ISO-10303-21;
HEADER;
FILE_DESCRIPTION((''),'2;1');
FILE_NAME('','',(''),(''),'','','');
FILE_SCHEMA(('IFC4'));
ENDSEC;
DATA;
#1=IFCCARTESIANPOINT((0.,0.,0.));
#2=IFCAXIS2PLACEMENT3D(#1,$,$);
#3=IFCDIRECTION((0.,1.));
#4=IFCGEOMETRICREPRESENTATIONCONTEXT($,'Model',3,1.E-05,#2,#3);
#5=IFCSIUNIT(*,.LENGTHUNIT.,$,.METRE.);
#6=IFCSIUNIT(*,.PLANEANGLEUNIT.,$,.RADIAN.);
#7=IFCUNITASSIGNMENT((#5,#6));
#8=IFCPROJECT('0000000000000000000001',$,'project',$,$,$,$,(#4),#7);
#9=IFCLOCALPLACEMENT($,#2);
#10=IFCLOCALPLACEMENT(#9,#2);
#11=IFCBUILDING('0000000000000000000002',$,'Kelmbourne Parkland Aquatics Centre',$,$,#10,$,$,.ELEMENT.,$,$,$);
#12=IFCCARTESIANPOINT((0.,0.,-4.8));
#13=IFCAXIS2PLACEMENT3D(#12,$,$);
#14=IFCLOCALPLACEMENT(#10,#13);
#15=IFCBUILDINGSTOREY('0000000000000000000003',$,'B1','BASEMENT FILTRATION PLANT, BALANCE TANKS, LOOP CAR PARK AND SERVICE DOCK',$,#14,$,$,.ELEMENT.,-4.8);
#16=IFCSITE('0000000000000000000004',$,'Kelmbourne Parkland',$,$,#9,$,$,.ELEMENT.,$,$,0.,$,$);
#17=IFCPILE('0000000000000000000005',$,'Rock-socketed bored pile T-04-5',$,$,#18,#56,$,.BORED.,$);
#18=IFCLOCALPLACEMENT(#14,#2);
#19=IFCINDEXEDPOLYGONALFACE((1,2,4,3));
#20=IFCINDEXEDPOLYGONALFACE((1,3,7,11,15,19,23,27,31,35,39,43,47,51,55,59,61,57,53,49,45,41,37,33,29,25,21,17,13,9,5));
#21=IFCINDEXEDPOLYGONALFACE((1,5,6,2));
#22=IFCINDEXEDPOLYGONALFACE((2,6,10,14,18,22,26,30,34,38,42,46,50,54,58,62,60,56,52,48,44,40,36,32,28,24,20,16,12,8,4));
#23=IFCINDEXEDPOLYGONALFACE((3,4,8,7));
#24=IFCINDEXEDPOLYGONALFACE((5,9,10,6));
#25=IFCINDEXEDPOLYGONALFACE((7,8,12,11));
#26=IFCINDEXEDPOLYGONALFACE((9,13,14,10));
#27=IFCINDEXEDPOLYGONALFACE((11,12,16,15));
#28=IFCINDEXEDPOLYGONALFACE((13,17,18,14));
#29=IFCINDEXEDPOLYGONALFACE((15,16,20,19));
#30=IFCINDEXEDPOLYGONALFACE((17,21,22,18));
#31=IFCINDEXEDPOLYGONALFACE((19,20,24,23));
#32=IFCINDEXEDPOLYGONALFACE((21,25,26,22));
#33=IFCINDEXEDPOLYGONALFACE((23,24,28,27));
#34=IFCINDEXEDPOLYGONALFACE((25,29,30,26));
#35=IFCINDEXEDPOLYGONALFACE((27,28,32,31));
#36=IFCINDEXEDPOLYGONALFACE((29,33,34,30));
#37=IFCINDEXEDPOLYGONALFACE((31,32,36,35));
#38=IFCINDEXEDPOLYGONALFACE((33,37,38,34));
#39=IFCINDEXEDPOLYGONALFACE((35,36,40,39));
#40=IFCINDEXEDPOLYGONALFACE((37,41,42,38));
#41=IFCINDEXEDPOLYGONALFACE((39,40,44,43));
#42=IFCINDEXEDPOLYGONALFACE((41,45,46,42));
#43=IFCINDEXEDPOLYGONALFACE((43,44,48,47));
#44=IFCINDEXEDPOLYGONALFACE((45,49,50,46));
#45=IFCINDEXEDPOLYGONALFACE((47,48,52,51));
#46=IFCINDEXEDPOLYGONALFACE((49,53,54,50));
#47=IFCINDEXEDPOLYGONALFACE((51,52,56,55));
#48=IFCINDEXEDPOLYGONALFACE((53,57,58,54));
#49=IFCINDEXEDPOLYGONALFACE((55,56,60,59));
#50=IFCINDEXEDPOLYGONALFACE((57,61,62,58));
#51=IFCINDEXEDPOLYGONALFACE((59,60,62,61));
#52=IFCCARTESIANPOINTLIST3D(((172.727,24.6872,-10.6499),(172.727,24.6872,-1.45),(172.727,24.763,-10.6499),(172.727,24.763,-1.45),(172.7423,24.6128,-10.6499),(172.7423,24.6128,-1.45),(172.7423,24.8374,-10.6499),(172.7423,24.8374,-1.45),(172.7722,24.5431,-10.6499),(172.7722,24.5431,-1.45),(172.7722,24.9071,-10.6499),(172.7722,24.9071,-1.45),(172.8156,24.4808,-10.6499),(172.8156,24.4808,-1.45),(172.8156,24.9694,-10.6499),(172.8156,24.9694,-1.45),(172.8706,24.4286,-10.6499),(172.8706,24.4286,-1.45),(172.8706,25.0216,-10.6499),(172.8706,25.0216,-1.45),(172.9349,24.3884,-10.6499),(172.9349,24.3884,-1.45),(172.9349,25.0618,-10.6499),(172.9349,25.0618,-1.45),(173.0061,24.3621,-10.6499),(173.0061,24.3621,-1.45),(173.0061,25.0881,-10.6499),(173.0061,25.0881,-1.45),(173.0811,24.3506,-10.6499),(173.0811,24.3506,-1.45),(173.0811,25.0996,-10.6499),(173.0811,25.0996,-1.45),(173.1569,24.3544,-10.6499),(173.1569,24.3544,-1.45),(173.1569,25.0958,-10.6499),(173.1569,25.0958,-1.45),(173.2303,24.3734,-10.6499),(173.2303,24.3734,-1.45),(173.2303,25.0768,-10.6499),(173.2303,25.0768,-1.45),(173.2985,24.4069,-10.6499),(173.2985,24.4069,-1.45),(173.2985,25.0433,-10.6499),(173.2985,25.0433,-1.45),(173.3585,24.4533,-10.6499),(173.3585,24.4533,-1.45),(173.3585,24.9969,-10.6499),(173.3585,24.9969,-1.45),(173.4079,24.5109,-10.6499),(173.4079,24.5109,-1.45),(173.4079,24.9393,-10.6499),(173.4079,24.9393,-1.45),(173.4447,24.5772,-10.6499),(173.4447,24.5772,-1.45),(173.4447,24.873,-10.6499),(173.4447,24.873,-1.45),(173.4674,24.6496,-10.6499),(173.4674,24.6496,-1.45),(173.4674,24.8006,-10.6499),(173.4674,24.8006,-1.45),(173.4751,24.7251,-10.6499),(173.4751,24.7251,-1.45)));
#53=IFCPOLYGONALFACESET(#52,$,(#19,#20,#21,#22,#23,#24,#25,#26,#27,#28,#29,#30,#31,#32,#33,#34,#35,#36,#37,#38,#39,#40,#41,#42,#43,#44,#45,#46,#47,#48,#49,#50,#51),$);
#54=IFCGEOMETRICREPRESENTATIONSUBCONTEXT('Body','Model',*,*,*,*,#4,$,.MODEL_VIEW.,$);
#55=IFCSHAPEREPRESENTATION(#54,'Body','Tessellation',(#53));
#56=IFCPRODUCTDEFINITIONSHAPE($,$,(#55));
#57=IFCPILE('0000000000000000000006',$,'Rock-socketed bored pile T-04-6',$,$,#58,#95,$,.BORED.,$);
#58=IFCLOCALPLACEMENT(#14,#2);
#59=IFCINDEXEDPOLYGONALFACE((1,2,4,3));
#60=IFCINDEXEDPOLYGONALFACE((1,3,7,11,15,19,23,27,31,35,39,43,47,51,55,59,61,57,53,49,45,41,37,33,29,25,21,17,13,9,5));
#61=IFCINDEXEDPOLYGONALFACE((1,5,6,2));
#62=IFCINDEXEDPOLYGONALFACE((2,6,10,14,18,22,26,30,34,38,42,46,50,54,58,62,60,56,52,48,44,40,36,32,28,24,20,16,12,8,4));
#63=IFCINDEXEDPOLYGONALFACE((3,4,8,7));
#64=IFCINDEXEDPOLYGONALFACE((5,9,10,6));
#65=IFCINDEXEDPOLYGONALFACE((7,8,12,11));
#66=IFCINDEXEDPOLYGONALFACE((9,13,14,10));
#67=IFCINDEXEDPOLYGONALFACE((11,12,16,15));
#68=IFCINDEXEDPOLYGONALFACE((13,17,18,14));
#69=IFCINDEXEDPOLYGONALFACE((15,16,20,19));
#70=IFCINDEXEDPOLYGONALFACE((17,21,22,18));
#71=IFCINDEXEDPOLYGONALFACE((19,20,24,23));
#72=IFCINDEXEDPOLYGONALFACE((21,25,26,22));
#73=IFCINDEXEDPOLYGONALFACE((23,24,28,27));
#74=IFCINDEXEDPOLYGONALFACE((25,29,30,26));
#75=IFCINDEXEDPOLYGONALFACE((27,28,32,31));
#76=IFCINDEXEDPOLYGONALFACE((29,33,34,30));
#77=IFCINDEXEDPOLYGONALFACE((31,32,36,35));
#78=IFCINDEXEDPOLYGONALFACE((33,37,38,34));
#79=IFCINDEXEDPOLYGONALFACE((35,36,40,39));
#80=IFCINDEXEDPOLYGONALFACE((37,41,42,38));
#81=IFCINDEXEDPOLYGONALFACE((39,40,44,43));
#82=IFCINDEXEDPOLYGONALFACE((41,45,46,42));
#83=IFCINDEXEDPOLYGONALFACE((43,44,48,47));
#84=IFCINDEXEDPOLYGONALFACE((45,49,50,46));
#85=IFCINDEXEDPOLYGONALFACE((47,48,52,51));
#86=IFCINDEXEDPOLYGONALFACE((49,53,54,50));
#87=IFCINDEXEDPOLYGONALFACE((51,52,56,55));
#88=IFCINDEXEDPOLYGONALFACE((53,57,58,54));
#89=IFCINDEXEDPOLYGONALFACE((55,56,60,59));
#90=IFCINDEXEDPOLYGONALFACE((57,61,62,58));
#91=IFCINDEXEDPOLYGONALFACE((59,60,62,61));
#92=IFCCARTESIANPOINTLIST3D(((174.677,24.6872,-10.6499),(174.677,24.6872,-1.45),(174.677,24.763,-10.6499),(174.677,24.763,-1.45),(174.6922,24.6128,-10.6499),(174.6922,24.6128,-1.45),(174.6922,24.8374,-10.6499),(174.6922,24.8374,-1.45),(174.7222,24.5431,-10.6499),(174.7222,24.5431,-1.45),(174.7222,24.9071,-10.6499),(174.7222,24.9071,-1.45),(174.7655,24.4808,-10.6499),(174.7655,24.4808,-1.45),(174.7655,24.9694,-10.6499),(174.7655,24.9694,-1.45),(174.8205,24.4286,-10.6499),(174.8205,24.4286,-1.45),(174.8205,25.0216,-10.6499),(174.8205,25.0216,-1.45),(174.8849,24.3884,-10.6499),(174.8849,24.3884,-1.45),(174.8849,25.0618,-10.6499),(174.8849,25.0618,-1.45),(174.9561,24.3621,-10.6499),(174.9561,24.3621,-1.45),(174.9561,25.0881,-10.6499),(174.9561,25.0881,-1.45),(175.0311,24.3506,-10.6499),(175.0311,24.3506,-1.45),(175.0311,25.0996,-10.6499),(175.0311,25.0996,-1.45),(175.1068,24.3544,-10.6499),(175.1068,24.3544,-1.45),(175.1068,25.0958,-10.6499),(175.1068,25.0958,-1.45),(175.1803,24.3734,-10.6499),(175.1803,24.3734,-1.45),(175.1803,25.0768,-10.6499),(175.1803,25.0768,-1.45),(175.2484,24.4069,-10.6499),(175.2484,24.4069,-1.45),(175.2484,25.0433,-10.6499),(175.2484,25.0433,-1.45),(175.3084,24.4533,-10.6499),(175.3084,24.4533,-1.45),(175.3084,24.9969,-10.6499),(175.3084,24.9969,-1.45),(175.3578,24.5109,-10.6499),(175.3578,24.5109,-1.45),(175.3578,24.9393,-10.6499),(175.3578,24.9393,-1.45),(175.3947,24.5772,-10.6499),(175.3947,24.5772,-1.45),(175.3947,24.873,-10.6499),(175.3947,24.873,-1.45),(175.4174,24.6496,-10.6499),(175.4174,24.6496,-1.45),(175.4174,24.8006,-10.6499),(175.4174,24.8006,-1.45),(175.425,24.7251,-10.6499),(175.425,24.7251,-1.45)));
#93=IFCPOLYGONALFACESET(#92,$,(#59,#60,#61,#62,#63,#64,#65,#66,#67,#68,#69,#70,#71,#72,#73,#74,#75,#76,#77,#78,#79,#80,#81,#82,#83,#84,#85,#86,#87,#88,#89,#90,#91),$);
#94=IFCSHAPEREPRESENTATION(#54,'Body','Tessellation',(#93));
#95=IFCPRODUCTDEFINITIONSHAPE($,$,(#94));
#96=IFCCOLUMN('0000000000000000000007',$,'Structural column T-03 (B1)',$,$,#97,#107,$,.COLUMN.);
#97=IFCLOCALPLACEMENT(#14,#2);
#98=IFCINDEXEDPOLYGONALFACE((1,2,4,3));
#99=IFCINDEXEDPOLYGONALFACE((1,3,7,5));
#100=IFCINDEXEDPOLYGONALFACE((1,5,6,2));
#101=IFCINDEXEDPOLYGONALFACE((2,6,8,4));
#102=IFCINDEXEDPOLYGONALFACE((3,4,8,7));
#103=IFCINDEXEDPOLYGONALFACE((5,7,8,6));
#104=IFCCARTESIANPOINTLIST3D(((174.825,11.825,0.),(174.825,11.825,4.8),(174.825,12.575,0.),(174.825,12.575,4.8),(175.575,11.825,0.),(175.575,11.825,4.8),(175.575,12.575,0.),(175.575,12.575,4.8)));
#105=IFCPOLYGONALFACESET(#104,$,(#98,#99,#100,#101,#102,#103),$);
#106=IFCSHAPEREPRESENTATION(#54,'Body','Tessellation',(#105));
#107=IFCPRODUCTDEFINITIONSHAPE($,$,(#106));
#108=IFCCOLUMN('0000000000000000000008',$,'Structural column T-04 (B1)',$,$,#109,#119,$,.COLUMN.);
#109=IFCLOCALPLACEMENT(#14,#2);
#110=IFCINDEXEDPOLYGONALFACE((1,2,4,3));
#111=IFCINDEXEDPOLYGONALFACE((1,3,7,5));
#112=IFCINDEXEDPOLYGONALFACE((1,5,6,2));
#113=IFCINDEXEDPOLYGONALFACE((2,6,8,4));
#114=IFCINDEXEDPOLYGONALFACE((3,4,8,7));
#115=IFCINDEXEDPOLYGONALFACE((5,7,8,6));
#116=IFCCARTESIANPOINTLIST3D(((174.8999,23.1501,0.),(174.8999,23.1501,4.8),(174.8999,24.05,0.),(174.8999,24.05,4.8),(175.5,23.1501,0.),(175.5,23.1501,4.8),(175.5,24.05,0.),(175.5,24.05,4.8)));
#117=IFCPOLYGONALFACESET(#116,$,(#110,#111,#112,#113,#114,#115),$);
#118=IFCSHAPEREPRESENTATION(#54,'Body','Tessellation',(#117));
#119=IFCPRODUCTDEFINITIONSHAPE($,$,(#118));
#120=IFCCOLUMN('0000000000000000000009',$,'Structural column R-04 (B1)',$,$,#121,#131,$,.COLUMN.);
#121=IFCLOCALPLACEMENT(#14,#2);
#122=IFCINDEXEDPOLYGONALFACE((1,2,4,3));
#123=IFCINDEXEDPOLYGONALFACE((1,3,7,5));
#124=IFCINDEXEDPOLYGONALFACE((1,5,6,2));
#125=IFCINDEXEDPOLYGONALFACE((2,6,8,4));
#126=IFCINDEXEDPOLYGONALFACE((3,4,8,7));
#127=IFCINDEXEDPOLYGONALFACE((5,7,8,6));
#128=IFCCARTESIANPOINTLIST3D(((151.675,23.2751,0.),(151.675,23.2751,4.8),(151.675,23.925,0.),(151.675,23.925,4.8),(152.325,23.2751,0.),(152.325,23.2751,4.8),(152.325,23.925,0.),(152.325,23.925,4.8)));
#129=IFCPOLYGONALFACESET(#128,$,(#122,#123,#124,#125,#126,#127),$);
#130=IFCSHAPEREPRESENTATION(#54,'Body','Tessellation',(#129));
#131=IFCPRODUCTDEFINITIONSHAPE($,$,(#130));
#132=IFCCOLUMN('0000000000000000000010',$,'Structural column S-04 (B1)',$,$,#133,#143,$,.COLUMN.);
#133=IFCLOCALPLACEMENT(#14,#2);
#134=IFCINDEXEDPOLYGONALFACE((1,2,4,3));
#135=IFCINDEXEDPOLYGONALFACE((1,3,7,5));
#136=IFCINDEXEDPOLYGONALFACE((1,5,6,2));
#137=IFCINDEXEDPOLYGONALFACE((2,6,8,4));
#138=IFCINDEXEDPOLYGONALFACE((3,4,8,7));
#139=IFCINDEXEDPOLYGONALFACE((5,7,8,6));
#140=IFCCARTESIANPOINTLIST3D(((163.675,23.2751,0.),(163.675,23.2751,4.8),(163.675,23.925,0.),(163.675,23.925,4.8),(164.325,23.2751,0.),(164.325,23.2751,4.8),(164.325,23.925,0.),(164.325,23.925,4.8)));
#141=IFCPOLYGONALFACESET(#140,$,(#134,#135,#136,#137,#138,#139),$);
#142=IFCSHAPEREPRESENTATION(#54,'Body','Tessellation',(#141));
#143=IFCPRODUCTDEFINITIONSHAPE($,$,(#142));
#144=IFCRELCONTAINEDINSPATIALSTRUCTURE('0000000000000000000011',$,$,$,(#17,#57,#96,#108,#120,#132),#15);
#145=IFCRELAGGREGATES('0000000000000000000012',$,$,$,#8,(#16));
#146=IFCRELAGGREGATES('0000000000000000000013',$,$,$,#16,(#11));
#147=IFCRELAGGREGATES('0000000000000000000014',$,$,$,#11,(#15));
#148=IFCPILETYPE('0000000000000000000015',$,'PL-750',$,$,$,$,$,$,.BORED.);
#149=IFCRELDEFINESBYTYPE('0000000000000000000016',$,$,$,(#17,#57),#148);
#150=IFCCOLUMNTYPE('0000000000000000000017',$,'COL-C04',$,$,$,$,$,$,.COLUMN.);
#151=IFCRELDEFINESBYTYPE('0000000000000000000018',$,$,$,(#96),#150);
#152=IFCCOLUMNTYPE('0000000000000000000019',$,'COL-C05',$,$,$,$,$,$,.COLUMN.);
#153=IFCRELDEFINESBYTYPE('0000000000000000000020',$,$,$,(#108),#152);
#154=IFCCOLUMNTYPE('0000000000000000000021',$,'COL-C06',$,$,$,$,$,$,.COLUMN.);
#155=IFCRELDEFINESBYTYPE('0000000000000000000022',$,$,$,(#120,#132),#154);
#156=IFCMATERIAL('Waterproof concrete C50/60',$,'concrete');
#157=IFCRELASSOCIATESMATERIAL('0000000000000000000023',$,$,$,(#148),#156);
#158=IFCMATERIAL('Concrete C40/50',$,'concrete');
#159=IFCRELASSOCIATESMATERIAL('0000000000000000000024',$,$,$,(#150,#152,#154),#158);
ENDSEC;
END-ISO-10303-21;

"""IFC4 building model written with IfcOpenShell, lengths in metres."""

from ifc_helpers import new_model, si_unit, direction, frame, origin, origin_2d, place, context, subcontext, project, spatial, rectangle, circle, extrude, material, material_profile, profile_set, type_object, element, save


model = new_model("IFC4")

# Units and contexts
model_context = context("Model", 3, precision=1e-05, world=origin(), true_north=direction((0.0, 1.0)))
body_context = subcontext(model_context, "Body", "Model", "MODEL_VIEW")
ifc_project = project(units=[si_unit("LENGTHUNIT", "METRE"), si_unit("PLANEANGLEUNIT", "RADIAN")], contexts=[model_context])

# Site, building, storey
site_placement = place(None, origin())
site = spatial("IfcSite", under=ifc_project, at=site_placement, Name="Kelmbourne Parkland", CompositionType="ELEMENT", RefElevation=0.0)
building_placement = place(site_placement, origin())
building = spatial("IfcBuilding", under=site, at=building_placement, Name="Kelmbourne Parkland Aquatics Centre", CompositionType="ELEMENT")
storey_placement = place(building_placement, frame((0.0, 0.0, -4.8)))
storey = spatial("IfcBuildingStorey", under=building, at=storey_placement, Name="B1", Description="BASEMENT FILTRATION PLANT, BALANCE TANKS, LOOP CAR PARK AND SERVICE DOCK", CompositionType="ELEMENT", Elevation=-4.8)

# Shared definitions
ifc_material_1 = material(Name="Waterproof concrete C50/60", Category="concrete")

# Piles
ifc_material_profile_1 = material_profile(ifc_material_1, circle(Radius=0.375, at=origin_2d()), Name="PILE D750")
ifc_profile_set_1 = profile_set([ifc_material_profile_1], Name="Waterproof concrete C50/60")
pile_type_1 = type_object("IfcPileType", Name="PL-750", PredefinedType="BORED", material=ifc_profile_set_1)
for number, where, z_axis, x_axis, name in (
    (1, (173.1001, 24.7251, -1.45), (0.0, 0.0, -1.0), (1.0, 0.0, 0.0), "Rock-socketed bored pile T-04-5"),
    (2, (175.05, 24.7251, -1.45), (0.0, 0.0, -1.0), (1.0, 0.0, 0.0), "Rock-socketed bored pile T-04-6"),
):
    element("IfcPile", number, at=place(storey_placement, frame(where, z_axis=z_axis, x_axis=x_axis)), inside=storey, type_object=pile_type_1, Name=name, PredefinedType="BORED", context=body_context, shape_type="SweptSolid", body=[
        extrude(circle(Radius=0.375, at=origin_2d()), origin(), (0.0, 0.0, 1.0), 9.2),
    ])

# Columns
ifc_material_2 = material(Name="Concrete C40/50", Category="concrete")
ifc_material_profile_2 = material_profile(ifc_material_2, rectangle(XDim=0.75, YDim=0.75, at=origin_2d()), Name="RC 750x750")
ifc_profile_set_2 = profile_set([ifc_material_profile_2], Name="Concrete C40/50")
column_type_1 = type_object("IfcColumnType", Name="COL-C04", PredefinedType="COLUMN", material=ifc_profile_set_2)
column_1_placement = place(storey_placement, frame((175.2, 12.2, 0.0), z_axis=(0.0, 0.0, 1.0), x_axis=(1.0, 0.0, 0.0)))
element("IfcColumn", 3, at=column_1_placement, inside=storey, type_object=column_type_1, Name="Structural column T-03 (B1)", PredefinedType="COLUMN", context=body_context, shape_type="SweptSolid", body=[
    extrude(rectangle(XDim=0.75, YDim=0.75, at=origin_2d()), origin(), (0.0, 0.0, 1.0), 4.8),
])
ifc_material_profile_3 = material_profile(ifc_material_2, rectangle(XDim=0.6001, YDim=0.8999, at=origin_2d()), Name="RC 600x900")
ifc_profile_set_3 = profile_set([ifc_material_profile_3], Name="Concrete C40/50")
column_type_2 = type_object("IfcColumnType", Name="COL-C05", PredefinedType="COLUMN", material=ifc_profile_set_3)
column_2_placement = place(storey_placement, frame((175.2, 23.6001, 0.0), z_axis=(0.0, 0.0, 1.0), x_axis=(1.0, 0.0, 0.0)))
element("IfcColumn", 4, at=column_2_placement, inside=storey, type_object=column_type_2, Name="Structural column T-04 (B1)", PredefinedType="COLUMN", context=body_context, shape_type="SweptSolid", body=[
    extrude(rectangle(XDim=0.6001, YDim=0.8999, at=origin_2d()), origin(), (0.0, 0.0, 1.0), 4.8),
])
ifc_material_profile_4 = material_profile(ifc_material_2, rectangle(XDim=0.6499, YDim=0.6499, at=origin_2d()), Name="RC 650x650")
ifc_profile_set_4 = profile_set([ifc_material_profile_4], Name="Concrete C40/50")
column_type_3 = type_object("IfcColumnType", Name="COL-C06", PredefinedType="COLUMN", material=ifc_profile_set_4)
for number, where, z_axis, x_axis, name in (
    (5, (152.0, 23.6001, 0.0), (0.0, 0.0, 1.0), (1.0, 0.0, 0.0), "Structural column R-04 (B1)"),
    (6, (164.0, 23.6001, 0.0), (0.0, 0.0, 1.0), (1.0, 0.0, 0.0), "Structural column S-04 (B1)"),
):
    element("IfcColumn", number, at=place(storey_placement, frame(where, z_axis=z_axis, x_axis=x_axis)), inside=storey, type_object=column_type_3, Name=name, PredefinedType="COLUMN", context=body_context, shape_type="SweptSolid", body=[
        extrude(rectangle(XDim=0.6499, YDim=0.6499, at=origin_2d()), origin(), (0.0, 0.0, 1.0), 4.8),
    ])

save(model, "model.ifc")
